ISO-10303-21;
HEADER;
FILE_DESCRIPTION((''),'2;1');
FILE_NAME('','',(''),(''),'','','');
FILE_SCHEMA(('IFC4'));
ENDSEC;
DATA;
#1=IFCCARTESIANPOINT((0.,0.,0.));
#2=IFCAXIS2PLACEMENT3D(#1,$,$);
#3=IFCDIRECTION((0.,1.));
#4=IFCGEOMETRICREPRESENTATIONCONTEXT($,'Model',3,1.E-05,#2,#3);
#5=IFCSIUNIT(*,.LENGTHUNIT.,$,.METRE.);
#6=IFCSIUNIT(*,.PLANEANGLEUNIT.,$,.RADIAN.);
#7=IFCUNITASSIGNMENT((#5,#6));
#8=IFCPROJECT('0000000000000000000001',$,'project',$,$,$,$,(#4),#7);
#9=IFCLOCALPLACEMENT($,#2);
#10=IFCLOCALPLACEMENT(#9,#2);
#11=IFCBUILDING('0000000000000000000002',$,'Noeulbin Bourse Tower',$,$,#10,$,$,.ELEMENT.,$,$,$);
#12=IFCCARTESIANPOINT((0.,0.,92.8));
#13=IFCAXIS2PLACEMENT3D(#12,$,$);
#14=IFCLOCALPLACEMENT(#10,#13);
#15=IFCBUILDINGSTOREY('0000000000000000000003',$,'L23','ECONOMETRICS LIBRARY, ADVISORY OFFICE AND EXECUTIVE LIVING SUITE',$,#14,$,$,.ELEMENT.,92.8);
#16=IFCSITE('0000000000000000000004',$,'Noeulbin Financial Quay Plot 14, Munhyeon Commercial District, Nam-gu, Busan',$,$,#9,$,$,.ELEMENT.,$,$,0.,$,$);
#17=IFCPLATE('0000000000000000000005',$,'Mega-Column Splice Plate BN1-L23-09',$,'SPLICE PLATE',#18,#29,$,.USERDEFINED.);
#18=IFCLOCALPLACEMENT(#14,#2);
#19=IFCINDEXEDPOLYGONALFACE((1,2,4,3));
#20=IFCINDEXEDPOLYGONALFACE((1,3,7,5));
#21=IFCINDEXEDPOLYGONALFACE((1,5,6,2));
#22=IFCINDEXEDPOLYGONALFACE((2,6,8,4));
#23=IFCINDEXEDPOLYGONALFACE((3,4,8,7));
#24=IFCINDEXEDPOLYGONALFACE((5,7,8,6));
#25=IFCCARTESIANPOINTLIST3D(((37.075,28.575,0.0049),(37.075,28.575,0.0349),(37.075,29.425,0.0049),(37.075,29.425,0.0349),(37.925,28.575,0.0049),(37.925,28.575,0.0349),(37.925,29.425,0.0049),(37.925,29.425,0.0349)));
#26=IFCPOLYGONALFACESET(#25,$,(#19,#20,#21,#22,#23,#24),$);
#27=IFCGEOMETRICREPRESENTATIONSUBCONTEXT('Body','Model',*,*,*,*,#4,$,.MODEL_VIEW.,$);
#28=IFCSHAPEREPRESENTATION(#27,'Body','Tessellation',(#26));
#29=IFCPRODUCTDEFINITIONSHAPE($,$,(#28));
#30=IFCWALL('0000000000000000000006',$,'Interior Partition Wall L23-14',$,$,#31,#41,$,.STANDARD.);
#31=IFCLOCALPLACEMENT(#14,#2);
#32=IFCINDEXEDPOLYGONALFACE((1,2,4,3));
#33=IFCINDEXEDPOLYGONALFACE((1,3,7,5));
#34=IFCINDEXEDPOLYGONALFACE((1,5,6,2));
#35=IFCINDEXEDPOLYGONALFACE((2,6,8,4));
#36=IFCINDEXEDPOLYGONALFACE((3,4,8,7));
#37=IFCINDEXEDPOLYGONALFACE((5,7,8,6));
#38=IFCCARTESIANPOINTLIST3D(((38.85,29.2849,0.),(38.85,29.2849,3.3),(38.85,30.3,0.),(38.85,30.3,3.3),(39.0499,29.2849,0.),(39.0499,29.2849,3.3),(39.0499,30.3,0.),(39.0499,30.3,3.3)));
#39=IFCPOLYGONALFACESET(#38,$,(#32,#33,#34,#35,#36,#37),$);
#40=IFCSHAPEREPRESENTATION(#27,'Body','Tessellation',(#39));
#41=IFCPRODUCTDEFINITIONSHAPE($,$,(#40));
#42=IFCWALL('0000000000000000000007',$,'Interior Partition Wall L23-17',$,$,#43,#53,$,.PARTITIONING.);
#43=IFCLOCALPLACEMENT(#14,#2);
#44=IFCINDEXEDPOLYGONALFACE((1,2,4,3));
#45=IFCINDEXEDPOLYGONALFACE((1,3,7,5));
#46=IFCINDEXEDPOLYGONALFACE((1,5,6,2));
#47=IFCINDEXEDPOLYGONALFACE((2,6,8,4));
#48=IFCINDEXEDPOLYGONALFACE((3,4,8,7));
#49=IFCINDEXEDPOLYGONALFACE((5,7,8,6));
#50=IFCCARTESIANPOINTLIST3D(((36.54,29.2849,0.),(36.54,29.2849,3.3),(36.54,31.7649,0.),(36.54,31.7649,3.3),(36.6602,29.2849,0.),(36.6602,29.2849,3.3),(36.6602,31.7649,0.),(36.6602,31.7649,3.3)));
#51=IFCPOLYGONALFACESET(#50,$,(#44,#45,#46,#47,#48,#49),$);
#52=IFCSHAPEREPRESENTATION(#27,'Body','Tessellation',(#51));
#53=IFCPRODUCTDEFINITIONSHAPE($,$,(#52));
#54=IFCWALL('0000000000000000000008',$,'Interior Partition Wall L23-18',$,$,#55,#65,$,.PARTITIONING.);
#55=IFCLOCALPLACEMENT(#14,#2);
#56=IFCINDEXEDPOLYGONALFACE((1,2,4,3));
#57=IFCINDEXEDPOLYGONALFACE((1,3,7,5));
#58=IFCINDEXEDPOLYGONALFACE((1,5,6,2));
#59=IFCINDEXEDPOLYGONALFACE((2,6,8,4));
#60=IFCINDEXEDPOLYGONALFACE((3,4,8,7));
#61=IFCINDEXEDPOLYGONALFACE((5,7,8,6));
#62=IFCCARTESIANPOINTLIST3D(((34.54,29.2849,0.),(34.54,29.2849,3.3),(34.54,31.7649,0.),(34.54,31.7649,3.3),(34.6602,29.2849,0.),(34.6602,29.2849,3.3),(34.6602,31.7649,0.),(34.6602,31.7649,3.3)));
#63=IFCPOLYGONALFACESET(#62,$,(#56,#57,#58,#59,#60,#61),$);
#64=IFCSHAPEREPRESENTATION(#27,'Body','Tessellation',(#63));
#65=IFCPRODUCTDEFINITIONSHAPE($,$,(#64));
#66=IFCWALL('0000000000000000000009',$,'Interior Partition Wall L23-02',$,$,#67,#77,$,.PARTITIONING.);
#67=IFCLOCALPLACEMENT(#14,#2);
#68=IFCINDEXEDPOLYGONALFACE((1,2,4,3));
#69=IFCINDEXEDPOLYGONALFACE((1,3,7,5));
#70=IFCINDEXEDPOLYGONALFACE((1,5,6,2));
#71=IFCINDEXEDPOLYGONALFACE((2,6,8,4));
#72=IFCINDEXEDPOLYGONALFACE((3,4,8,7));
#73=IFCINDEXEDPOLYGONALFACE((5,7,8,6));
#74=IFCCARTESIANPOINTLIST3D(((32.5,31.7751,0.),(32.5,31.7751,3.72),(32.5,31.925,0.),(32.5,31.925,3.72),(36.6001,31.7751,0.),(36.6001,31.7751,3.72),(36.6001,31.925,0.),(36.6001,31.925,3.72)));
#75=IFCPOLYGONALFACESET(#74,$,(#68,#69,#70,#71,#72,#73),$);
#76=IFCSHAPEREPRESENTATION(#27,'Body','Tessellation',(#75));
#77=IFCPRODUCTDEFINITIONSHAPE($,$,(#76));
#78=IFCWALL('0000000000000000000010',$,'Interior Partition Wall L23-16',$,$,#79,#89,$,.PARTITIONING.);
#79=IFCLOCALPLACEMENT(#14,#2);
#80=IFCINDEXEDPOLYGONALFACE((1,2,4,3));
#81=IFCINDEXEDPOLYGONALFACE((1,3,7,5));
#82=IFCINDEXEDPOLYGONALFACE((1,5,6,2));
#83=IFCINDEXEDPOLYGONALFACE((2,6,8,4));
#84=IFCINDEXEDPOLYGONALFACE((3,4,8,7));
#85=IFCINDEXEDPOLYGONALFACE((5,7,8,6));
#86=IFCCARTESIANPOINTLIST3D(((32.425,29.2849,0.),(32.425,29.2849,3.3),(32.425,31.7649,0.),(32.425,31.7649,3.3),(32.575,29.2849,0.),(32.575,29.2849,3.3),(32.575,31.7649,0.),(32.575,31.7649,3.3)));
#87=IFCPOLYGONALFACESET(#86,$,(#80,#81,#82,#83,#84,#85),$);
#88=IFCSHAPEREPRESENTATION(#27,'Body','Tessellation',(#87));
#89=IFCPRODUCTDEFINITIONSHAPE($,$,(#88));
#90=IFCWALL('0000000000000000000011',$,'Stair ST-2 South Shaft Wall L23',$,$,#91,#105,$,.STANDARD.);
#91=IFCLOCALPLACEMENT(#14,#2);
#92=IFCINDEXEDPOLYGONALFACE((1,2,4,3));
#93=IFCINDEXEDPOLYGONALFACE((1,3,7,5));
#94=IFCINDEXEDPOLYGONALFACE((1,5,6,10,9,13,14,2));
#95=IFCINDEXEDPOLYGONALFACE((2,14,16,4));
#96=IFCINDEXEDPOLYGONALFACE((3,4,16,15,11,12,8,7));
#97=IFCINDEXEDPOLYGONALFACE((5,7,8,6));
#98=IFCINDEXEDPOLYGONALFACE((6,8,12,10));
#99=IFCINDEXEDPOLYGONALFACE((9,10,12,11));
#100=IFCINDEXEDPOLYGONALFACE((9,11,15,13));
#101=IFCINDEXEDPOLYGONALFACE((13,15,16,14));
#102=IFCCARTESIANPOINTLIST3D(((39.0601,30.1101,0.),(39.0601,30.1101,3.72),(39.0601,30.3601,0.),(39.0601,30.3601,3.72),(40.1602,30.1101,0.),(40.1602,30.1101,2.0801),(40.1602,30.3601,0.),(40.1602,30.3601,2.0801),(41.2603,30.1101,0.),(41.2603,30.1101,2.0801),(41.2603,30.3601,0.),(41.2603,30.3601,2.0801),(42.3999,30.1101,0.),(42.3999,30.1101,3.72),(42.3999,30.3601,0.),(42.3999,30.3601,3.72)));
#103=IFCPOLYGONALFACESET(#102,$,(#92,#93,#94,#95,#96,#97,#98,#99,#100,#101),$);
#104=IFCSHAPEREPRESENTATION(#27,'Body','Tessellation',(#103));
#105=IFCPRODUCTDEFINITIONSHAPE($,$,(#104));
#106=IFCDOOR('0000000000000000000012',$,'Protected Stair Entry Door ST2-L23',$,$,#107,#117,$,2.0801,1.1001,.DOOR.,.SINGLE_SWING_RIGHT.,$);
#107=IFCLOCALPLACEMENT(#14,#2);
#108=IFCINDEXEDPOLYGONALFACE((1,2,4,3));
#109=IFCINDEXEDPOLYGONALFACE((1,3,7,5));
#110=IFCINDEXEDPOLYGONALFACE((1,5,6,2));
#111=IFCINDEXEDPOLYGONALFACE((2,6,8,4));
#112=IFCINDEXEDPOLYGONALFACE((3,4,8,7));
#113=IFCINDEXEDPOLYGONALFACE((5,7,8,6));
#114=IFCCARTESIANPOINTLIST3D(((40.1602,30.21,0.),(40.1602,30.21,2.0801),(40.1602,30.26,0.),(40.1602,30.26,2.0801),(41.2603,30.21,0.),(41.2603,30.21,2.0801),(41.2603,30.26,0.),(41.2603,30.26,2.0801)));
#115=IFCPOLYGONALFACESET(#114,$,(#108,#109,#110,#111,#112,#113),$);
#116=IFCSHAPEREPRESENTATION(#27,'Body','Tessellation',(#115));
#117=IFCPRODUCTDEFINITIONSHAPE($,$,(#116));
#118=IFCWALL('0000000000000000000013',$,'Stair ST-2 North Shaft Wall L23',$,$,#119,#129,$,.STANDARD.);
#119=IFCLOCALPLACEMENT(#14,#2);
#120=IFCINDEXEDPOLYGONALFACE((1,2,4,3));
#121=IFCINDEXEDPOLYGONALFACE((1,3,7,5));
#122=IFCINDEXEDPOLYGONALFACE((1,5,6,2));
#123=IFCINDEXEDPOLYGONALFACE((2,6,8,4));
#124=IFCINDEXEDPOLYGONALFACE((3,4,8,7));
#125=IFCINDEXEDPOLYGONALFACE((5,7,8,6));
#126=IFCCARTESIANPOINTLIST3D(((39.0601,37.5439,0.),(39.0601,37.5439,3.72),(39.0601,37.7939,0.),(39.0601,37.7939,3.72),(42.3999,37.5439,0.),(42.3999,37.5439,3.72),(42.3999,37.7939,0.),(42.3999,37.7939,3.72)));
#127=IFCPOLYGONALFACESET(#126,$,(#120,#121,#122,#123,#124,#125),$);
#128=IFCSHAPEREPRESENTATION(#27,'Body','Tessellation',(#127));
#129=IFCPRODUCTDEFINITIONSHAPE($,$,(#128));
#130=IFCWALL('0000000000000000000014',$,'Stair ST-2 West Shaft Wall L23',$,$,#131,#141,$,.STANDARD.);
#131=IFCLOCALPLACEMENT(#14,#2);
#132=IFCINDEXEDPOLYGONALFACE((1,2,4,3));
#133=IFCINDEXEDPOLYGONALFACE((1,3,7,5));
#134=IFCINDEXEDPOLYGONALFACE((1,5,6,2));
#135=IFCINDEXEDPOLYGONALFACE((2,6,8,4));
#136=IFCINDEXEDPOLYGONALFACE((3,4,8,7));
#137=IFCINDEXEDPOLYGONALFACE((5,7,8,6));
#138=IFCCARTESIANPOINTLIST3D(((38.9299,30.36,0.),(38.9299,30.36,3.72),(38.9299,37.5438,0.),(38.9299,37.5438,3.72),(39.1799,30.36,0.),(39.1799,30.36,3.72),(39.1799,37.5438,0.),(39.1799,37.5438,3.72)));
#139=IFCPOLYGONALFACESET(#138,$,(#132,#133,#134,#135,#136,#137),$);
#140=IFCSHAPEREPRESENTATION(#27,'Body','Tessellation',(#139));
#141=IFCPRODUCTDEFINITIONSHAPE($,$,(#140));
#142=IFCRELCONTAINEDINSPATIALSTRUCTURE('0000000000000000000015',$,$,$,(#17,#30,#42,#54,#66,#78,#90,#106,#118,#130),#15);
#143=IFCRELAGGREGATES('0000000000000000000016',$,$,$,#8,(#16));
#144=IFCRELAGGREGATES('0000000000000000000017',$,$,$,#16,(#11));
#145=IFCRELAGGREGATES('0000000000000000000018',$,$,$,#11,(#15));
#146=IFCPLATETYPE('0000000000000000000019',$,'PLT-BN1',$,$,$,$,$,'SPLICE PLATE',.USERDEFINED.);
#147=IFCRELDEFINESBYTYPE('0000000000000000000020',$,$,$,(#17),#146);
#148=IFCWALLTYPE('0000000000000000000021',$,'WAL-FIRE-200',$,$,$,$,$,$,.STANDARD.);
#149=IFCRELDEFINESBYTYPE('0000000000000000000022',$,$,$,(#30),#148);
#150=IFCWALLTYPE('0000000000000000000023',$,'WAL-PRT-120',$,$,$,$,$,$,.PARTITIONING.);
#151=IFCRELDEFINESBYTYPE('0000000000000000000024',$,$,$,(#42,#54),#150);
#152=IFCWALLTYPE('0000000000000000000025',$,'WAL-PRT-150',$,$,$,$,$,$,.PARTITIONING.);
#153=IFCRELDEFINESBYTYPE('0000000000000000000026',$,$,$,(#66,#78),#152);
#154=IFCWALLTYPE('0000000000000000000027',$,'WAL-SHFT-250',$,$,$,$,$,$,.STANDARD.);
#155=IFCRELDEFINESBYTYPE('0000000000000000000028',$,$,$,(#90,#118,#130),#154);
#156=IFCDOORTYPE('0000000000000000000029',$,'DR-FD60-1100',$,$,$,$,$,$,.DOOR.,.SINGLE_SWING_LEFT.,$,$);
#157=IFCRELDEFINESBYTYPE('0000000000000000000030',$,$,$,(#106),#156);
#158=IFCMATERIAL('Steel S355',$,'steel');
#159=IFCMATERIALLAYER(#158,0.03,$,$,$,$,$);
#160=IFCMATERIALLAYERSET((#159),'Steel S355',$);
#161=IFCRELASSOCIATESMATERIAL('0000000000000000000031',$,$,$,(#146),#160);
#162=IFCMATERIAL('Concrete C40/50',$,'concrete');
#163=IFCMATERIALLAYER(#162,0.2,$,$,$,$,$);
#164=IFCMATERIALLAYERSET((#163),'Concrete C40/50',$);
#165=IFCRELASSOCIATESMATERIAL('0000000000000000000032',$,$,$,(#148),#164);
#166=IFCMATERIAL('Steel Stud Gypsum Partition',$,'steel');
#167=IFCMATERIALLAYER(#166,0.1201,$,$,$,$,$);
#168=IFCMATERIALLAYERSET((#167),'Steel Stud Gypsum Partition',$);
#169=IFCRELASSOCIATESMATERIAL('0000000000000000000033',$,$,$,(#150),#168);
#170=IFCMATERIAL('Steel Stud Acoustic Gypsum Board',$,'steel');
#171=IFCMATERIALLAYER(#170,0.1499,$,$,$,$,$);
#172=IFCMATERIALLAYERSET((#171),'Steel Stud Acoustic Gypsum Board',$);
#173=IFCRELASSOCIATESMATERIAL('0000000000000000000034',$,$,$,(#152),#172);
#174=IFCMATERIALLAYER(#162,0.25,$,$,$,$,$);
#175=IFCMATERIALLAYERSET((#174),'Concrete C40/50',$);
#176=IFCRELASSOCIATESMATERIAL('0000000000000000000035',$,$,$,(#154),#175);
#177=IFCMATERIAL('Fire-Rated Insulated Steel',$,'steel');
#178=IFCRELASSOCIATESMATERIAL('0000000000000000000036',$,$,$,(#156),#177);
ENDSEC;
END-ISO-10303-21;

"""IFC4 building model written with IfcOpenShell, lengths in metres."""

from ifc_helpers import new_model, si_unit, direction, frame, frame_2d, origin, origin_2d, place, context, subcontext, project, spatial, rectangle, extrude, material, layer, layer_set, type_object, element, fill, save


model = new_model("IFC4")

# Units and contexts
model_context = context("Model", 3, precision=1e-05, world=origin(), true_north=direction((0.0, 1.0)))
body_context = subcontext(model_context, "Body", "Model", "MODEL_VIEW")
ifc_project = project(units=[si_unit("LENGTHUNIT", "METRE"), si_unit("PLANEANGLEUNIT", "RADIAN")], contexts=[model_context])

# Site, building, storey
site_placement = place(None, origin())
site = spatial("IfcSite", under=ifc_project, at=site_placement, Name="Noeulbin Financial Quay Plot 14, Munhyeon Commercial District, Nam-gu, Busan", CompositionType="ELEMENT", RefElevation=0.0)
building_placement = place(site_placement, origin())
building = spatial("IfcBuilding", under=site, at=building_placement, Name="Noeulbin Bourse Tower", CompositionType="ELEMENT")
storey_placement = place(building_placement, frame((0.0, 0.0, 92.8)))
storey = spatial("IfcBuildingStorey", under=building, at=storey_placement, Name="L23", Description="ECONOMETRICS LIBRARY, ADVISORY OFFICE AND EXECUTIVE LIVING SUITE", CompositionType="ELEMENT", Elevation=92.8)

# Shared definitions
ifc_material_1 = material(Name="Steel S355", Category="steel")

# Plate
ifc_layer_1 = layer(ifc_material_1, 0.03)
ifc_layer_set_1 = layer_set([ifc_layer_1], Name="Steel S355")
plate_type = type_object("IfcPlateType", Name="PLT-BN1", ElementType="SPLICE PLATE", PredefinedType="USERDEFINED", material=ifc_layer_set_1)
for number, where, z_axis, x_axis, name in (
    (1, (37.5, 29.0, 0.0049), (0.0, 0.0, 1.0), (1.0, 0.0, 0.0), "Mega-Column Splice Plate BN1-L23-09"),
):
    element("IfcPlate", number, at=place(storey_placement, frame(where, z_axis=z_axis, x_axis=x_axis)), inside=storey, type_object=plate_type, Name=name, ObjectType="SPLICE PLATE", PredefinedType="USERDEFINED", context=body_context, shape_type="SweptSolid", body=[
        extrude(rectangle(XDim=0.8501, YDim=0.8501, at=origin_2d()), origin(), (0.0, 0.0, 1.0), 0.03),
    ])

# Walls
ifc_material_2 = material(Name="Concrete C40/50", Category="concrete")
ifc_layer_2 = layer(ifc_material_2, 0.2)
ifc_layer_set_2 = layer_set([ifc_layer_2], Name="Concrete C40/50")
wall_type_1 = type_object("IfcWallType", Name="WAL-FIRE-200", PredefinedType="STANDARD", material=ifc_layer_set_2)
wall_1_placement = place(storey_placement, frame((38.95, 29.2849, 0.0), z_axis=(0.0, 0.0, 1.0), x_axis=(0.0, 1.0, 0.0)))
element("IfcWall", 2, at=wall_1_placement, inside=storey, type_object=wall_type_1, Name="Interior Partition Wall L23-14", PredefinedType="STANDARD", context=body_context, shape_type="SweptSolid", body=[
    extrude(rectangle(XDim=1.0151, YDim=0.2, at=frame_2d((0.5076, 0.0))), origin(), (0.0, 0.0, 1.0), 3.3),
])
ifc_material_3 = material(Name="Steel Stud Gypsum Partition", Category="steel")
ifc_layer_3 = layer(ifc_material_3, 0.1201)
ifc_layer_set_3 = layer_set([ifc_layer_3], Name="Steel Stud Gypsum Partition")
wall_type_2 = type_object("IfcWallType", Name="WAL-PRT-120", PredefinedType="PARTITIONING", material=ifc_layer_set_3)
for number, where, z_axis, x_axis, name in (
    (3, (36.6001, 29.2849, 0.0), (0.0, 0.0, 1.0), (0.0, 1.0, 0.0), "Interior Partition Wall L23-17"),
    (4, (34.6001, 29.2849, 0.0), (0.0, 0.0, 1.0), (0.0, 1.0, 0.0), "Interior Partition Wall L23-18"),
):
    element("IfcWall", number, at=place(storey_placement, frame(where, z_axis=z_axis, x_axis=x_axis)), inside=storey, type_object=wall_type_2, Name=name, PredefinedType="PARTITIONING", context=body_context, shape_type="SweptSolid", body=[
        extrude(rectangle(XDim=2.48, YDim=0.1201, at=frame_2d((1.24, 0.0))), origin(), (0.0, 0.0, 1.0), 3.3),
    ])
ifc_material_4 = material(Name="Steel Stud Acoustic Gypsum Board", Category="steel")
ifc_layer_4 = layer(ifc_material_4, 0.1499)
ifc_layer_set_4 = layer_set([ifc_layer_4], Name="Steel Stud Acoustic Gypsum Board")
wall_type_3 = type_object("IfcWallType", Name="WAL-PRT-150", PredefinedType="PARTITIONING", material=ifc_layer_set_4)
wall_2_placement = place(storey_placement, frame((32.5, 31.8501, 0.0), z_axis=(0.0, 0.0, 1.0), x_axis=(1.0, 0.0, 0.0)))
element("IfcWall", 5, at=wall_2_placement, inside=storey, type_object=wall_type_3, Name="Interior Partition Wall L23-02", PredefinedType="PARTITIONING", context=body_context, shape_type="SweptSolid", body=[
    extrude(rectangle(XDim=4.1001, YDim=0.1499, at=frame_2d((2.05, 0.0))), origin(), (0.0, 0.0, 1.0), 3.72),
])
wall_3_placement = place(storey_placement, frame((32.5, 29.2849, 0.0), z_axis=(0.0, 0.0, 1.0), x_axis=(0.0, 1.0, 0.0)))
element("IfcWall", 6, at=wall_3_placement, inside=storey, type_object=wall_type_3, Name="Interior Partition Wall L23-16", PredefinedType="PARTITIONING", context=body_context, shape_type="SweptSolid", body=[
    extrude(rectangle(XDim=2.48, YDim=0.1499, at=frame_2d((1.24, 0.0))), origin(), (0.0, 0.0, 1.0), 3.3),
])

# Wall, opening, door
ifc_layer_5 = layer(ifc_material_2, 0.25)
ifc_layer_set_5 = layer_set([ifc_layer_5], Name="Concrete C40/50")
wall_type_4 = type_object("IfcWallType", Name="WAL-SHFT-250", PredefinedType="STANDARD", material=ifc_layer_set_5)
wall_4_placement = place(storey_placement, frame((39.0601, 30.2351, 0.0), z_axis=(0.0, 0.0, 1.0), x_axis=(1.0, 0.0, 0.0)))
wall_4 = element("IfcWall", 7, at=wall_4_placement, inside=storey, type_object=wall_type_4, Name="Stair ST-2 South Shaft Wall L23", PredefinedType="STANDARD", context=body_context, shape_type="SweptSolid", body=[
    extrude(rectangle(XDim=3.3398, YDim=0.25, at=frame_2d((1.6699, 0.0))), origin(), (0.0, 0.0, 1.0), 3.72),
])
opening_1_placement = place(wall_4_placement, frame((1.1001, 0.0, 0.0)))
opening_1 = element("IfcOpeningElement", 8, at=opening_1_placement, cuts=wall_4, PredefinedType="OPENING", context=body_context, shape_type="SweptSolid", body=[
    extrude(rectangle(XDim=1.1001, YDim=2.0801, at=frame_2d((0.55, 1.04))), frame((0.0, 0.135, 0.0), z_axis=(0.0, -1.0, 0.0), x_axis=(1.0, 0.0, 0.0)), (0.0, 0.0, 1.0), 0.27),
])
ifc_material_5 = material(Name="Fire-Rated Insulated Steel", Category="steel")
door_type_1 = type_object("IfcDoorType", Name="DR-FD60-1100", OperationType="SINGLE_SWING_LEFT", PredefinedType="DOOR", material=ifc_material_5)
door_1_placement = place(opening_1_placement, origin())
door_1 = element("IfcDoor", 9, at=door_1_placement, inside=storey, type_object=door_type_1, Name="Protected Stair Entry Door ST2-L23", OperationType="SINGLE_SWING_RIGHT", OverallHeight=2.0801, OverallWidth=1.1001, PredefinedType="DOOR", context=body_context, shape_type="SweptSolid", body=[
    extrude(rectangle(XDim=1.1001, YDim=2.0801, at=frame_2d((0.55, 1.04))), frame((0.0, 0.0249, 0.0), z_axis=(0.0, -1.0, 0.0), x_axis=(1.0, 0.0, 0.0)), (0.0, 0.0, 1.0), 0.05),
])
fill(opening_1, door_1)

# Walls
wall_5_placement = place(storey_placement, frame((39.0601, 37.6689, 0.0), z_axis=(0.0, 0.0, 1.0), x_axis=(1.0, 0.0, 0.0)))
element("IfcWall", 10, at=wall_5_placement, inside=storey, type_object=wall_type_4, Name="Stair ST-2 North Shaft Wall L23", PredefinedType="STANDARD", context=body_context, shape_type="SweptSolid", body=[
    extrude(rectangle(XDim=3.3398, YDim=0.25, at=frame_2d((1.6699, 0.0))), origin(), (0.0, 0.0, 1.0), 3.72),
])
wall_6_placement = place(storey_placement, frame((39.0549, 30.3601, 0.0), z_axis=(0.0, 0.0, 1.0), x_axis=(0.0, 1.0, 0.0)))
element("IfcWall", 11, at=wall_6_placement, inside=storey, type_object=wall_type_4, Name="Stair ST-2 West Shaft Wall L23", PredefinedType="STANDARD", context=body_context, shape_type="SweptSolid", body=[
    extrude(rectangle(XDim=7.1838, YDim=0.25, at=frame_2d((3.5918, 0.0))), origin(), (0.0, 0.0, 1.0), 3.72),
])

save(model, "model.ifc")
